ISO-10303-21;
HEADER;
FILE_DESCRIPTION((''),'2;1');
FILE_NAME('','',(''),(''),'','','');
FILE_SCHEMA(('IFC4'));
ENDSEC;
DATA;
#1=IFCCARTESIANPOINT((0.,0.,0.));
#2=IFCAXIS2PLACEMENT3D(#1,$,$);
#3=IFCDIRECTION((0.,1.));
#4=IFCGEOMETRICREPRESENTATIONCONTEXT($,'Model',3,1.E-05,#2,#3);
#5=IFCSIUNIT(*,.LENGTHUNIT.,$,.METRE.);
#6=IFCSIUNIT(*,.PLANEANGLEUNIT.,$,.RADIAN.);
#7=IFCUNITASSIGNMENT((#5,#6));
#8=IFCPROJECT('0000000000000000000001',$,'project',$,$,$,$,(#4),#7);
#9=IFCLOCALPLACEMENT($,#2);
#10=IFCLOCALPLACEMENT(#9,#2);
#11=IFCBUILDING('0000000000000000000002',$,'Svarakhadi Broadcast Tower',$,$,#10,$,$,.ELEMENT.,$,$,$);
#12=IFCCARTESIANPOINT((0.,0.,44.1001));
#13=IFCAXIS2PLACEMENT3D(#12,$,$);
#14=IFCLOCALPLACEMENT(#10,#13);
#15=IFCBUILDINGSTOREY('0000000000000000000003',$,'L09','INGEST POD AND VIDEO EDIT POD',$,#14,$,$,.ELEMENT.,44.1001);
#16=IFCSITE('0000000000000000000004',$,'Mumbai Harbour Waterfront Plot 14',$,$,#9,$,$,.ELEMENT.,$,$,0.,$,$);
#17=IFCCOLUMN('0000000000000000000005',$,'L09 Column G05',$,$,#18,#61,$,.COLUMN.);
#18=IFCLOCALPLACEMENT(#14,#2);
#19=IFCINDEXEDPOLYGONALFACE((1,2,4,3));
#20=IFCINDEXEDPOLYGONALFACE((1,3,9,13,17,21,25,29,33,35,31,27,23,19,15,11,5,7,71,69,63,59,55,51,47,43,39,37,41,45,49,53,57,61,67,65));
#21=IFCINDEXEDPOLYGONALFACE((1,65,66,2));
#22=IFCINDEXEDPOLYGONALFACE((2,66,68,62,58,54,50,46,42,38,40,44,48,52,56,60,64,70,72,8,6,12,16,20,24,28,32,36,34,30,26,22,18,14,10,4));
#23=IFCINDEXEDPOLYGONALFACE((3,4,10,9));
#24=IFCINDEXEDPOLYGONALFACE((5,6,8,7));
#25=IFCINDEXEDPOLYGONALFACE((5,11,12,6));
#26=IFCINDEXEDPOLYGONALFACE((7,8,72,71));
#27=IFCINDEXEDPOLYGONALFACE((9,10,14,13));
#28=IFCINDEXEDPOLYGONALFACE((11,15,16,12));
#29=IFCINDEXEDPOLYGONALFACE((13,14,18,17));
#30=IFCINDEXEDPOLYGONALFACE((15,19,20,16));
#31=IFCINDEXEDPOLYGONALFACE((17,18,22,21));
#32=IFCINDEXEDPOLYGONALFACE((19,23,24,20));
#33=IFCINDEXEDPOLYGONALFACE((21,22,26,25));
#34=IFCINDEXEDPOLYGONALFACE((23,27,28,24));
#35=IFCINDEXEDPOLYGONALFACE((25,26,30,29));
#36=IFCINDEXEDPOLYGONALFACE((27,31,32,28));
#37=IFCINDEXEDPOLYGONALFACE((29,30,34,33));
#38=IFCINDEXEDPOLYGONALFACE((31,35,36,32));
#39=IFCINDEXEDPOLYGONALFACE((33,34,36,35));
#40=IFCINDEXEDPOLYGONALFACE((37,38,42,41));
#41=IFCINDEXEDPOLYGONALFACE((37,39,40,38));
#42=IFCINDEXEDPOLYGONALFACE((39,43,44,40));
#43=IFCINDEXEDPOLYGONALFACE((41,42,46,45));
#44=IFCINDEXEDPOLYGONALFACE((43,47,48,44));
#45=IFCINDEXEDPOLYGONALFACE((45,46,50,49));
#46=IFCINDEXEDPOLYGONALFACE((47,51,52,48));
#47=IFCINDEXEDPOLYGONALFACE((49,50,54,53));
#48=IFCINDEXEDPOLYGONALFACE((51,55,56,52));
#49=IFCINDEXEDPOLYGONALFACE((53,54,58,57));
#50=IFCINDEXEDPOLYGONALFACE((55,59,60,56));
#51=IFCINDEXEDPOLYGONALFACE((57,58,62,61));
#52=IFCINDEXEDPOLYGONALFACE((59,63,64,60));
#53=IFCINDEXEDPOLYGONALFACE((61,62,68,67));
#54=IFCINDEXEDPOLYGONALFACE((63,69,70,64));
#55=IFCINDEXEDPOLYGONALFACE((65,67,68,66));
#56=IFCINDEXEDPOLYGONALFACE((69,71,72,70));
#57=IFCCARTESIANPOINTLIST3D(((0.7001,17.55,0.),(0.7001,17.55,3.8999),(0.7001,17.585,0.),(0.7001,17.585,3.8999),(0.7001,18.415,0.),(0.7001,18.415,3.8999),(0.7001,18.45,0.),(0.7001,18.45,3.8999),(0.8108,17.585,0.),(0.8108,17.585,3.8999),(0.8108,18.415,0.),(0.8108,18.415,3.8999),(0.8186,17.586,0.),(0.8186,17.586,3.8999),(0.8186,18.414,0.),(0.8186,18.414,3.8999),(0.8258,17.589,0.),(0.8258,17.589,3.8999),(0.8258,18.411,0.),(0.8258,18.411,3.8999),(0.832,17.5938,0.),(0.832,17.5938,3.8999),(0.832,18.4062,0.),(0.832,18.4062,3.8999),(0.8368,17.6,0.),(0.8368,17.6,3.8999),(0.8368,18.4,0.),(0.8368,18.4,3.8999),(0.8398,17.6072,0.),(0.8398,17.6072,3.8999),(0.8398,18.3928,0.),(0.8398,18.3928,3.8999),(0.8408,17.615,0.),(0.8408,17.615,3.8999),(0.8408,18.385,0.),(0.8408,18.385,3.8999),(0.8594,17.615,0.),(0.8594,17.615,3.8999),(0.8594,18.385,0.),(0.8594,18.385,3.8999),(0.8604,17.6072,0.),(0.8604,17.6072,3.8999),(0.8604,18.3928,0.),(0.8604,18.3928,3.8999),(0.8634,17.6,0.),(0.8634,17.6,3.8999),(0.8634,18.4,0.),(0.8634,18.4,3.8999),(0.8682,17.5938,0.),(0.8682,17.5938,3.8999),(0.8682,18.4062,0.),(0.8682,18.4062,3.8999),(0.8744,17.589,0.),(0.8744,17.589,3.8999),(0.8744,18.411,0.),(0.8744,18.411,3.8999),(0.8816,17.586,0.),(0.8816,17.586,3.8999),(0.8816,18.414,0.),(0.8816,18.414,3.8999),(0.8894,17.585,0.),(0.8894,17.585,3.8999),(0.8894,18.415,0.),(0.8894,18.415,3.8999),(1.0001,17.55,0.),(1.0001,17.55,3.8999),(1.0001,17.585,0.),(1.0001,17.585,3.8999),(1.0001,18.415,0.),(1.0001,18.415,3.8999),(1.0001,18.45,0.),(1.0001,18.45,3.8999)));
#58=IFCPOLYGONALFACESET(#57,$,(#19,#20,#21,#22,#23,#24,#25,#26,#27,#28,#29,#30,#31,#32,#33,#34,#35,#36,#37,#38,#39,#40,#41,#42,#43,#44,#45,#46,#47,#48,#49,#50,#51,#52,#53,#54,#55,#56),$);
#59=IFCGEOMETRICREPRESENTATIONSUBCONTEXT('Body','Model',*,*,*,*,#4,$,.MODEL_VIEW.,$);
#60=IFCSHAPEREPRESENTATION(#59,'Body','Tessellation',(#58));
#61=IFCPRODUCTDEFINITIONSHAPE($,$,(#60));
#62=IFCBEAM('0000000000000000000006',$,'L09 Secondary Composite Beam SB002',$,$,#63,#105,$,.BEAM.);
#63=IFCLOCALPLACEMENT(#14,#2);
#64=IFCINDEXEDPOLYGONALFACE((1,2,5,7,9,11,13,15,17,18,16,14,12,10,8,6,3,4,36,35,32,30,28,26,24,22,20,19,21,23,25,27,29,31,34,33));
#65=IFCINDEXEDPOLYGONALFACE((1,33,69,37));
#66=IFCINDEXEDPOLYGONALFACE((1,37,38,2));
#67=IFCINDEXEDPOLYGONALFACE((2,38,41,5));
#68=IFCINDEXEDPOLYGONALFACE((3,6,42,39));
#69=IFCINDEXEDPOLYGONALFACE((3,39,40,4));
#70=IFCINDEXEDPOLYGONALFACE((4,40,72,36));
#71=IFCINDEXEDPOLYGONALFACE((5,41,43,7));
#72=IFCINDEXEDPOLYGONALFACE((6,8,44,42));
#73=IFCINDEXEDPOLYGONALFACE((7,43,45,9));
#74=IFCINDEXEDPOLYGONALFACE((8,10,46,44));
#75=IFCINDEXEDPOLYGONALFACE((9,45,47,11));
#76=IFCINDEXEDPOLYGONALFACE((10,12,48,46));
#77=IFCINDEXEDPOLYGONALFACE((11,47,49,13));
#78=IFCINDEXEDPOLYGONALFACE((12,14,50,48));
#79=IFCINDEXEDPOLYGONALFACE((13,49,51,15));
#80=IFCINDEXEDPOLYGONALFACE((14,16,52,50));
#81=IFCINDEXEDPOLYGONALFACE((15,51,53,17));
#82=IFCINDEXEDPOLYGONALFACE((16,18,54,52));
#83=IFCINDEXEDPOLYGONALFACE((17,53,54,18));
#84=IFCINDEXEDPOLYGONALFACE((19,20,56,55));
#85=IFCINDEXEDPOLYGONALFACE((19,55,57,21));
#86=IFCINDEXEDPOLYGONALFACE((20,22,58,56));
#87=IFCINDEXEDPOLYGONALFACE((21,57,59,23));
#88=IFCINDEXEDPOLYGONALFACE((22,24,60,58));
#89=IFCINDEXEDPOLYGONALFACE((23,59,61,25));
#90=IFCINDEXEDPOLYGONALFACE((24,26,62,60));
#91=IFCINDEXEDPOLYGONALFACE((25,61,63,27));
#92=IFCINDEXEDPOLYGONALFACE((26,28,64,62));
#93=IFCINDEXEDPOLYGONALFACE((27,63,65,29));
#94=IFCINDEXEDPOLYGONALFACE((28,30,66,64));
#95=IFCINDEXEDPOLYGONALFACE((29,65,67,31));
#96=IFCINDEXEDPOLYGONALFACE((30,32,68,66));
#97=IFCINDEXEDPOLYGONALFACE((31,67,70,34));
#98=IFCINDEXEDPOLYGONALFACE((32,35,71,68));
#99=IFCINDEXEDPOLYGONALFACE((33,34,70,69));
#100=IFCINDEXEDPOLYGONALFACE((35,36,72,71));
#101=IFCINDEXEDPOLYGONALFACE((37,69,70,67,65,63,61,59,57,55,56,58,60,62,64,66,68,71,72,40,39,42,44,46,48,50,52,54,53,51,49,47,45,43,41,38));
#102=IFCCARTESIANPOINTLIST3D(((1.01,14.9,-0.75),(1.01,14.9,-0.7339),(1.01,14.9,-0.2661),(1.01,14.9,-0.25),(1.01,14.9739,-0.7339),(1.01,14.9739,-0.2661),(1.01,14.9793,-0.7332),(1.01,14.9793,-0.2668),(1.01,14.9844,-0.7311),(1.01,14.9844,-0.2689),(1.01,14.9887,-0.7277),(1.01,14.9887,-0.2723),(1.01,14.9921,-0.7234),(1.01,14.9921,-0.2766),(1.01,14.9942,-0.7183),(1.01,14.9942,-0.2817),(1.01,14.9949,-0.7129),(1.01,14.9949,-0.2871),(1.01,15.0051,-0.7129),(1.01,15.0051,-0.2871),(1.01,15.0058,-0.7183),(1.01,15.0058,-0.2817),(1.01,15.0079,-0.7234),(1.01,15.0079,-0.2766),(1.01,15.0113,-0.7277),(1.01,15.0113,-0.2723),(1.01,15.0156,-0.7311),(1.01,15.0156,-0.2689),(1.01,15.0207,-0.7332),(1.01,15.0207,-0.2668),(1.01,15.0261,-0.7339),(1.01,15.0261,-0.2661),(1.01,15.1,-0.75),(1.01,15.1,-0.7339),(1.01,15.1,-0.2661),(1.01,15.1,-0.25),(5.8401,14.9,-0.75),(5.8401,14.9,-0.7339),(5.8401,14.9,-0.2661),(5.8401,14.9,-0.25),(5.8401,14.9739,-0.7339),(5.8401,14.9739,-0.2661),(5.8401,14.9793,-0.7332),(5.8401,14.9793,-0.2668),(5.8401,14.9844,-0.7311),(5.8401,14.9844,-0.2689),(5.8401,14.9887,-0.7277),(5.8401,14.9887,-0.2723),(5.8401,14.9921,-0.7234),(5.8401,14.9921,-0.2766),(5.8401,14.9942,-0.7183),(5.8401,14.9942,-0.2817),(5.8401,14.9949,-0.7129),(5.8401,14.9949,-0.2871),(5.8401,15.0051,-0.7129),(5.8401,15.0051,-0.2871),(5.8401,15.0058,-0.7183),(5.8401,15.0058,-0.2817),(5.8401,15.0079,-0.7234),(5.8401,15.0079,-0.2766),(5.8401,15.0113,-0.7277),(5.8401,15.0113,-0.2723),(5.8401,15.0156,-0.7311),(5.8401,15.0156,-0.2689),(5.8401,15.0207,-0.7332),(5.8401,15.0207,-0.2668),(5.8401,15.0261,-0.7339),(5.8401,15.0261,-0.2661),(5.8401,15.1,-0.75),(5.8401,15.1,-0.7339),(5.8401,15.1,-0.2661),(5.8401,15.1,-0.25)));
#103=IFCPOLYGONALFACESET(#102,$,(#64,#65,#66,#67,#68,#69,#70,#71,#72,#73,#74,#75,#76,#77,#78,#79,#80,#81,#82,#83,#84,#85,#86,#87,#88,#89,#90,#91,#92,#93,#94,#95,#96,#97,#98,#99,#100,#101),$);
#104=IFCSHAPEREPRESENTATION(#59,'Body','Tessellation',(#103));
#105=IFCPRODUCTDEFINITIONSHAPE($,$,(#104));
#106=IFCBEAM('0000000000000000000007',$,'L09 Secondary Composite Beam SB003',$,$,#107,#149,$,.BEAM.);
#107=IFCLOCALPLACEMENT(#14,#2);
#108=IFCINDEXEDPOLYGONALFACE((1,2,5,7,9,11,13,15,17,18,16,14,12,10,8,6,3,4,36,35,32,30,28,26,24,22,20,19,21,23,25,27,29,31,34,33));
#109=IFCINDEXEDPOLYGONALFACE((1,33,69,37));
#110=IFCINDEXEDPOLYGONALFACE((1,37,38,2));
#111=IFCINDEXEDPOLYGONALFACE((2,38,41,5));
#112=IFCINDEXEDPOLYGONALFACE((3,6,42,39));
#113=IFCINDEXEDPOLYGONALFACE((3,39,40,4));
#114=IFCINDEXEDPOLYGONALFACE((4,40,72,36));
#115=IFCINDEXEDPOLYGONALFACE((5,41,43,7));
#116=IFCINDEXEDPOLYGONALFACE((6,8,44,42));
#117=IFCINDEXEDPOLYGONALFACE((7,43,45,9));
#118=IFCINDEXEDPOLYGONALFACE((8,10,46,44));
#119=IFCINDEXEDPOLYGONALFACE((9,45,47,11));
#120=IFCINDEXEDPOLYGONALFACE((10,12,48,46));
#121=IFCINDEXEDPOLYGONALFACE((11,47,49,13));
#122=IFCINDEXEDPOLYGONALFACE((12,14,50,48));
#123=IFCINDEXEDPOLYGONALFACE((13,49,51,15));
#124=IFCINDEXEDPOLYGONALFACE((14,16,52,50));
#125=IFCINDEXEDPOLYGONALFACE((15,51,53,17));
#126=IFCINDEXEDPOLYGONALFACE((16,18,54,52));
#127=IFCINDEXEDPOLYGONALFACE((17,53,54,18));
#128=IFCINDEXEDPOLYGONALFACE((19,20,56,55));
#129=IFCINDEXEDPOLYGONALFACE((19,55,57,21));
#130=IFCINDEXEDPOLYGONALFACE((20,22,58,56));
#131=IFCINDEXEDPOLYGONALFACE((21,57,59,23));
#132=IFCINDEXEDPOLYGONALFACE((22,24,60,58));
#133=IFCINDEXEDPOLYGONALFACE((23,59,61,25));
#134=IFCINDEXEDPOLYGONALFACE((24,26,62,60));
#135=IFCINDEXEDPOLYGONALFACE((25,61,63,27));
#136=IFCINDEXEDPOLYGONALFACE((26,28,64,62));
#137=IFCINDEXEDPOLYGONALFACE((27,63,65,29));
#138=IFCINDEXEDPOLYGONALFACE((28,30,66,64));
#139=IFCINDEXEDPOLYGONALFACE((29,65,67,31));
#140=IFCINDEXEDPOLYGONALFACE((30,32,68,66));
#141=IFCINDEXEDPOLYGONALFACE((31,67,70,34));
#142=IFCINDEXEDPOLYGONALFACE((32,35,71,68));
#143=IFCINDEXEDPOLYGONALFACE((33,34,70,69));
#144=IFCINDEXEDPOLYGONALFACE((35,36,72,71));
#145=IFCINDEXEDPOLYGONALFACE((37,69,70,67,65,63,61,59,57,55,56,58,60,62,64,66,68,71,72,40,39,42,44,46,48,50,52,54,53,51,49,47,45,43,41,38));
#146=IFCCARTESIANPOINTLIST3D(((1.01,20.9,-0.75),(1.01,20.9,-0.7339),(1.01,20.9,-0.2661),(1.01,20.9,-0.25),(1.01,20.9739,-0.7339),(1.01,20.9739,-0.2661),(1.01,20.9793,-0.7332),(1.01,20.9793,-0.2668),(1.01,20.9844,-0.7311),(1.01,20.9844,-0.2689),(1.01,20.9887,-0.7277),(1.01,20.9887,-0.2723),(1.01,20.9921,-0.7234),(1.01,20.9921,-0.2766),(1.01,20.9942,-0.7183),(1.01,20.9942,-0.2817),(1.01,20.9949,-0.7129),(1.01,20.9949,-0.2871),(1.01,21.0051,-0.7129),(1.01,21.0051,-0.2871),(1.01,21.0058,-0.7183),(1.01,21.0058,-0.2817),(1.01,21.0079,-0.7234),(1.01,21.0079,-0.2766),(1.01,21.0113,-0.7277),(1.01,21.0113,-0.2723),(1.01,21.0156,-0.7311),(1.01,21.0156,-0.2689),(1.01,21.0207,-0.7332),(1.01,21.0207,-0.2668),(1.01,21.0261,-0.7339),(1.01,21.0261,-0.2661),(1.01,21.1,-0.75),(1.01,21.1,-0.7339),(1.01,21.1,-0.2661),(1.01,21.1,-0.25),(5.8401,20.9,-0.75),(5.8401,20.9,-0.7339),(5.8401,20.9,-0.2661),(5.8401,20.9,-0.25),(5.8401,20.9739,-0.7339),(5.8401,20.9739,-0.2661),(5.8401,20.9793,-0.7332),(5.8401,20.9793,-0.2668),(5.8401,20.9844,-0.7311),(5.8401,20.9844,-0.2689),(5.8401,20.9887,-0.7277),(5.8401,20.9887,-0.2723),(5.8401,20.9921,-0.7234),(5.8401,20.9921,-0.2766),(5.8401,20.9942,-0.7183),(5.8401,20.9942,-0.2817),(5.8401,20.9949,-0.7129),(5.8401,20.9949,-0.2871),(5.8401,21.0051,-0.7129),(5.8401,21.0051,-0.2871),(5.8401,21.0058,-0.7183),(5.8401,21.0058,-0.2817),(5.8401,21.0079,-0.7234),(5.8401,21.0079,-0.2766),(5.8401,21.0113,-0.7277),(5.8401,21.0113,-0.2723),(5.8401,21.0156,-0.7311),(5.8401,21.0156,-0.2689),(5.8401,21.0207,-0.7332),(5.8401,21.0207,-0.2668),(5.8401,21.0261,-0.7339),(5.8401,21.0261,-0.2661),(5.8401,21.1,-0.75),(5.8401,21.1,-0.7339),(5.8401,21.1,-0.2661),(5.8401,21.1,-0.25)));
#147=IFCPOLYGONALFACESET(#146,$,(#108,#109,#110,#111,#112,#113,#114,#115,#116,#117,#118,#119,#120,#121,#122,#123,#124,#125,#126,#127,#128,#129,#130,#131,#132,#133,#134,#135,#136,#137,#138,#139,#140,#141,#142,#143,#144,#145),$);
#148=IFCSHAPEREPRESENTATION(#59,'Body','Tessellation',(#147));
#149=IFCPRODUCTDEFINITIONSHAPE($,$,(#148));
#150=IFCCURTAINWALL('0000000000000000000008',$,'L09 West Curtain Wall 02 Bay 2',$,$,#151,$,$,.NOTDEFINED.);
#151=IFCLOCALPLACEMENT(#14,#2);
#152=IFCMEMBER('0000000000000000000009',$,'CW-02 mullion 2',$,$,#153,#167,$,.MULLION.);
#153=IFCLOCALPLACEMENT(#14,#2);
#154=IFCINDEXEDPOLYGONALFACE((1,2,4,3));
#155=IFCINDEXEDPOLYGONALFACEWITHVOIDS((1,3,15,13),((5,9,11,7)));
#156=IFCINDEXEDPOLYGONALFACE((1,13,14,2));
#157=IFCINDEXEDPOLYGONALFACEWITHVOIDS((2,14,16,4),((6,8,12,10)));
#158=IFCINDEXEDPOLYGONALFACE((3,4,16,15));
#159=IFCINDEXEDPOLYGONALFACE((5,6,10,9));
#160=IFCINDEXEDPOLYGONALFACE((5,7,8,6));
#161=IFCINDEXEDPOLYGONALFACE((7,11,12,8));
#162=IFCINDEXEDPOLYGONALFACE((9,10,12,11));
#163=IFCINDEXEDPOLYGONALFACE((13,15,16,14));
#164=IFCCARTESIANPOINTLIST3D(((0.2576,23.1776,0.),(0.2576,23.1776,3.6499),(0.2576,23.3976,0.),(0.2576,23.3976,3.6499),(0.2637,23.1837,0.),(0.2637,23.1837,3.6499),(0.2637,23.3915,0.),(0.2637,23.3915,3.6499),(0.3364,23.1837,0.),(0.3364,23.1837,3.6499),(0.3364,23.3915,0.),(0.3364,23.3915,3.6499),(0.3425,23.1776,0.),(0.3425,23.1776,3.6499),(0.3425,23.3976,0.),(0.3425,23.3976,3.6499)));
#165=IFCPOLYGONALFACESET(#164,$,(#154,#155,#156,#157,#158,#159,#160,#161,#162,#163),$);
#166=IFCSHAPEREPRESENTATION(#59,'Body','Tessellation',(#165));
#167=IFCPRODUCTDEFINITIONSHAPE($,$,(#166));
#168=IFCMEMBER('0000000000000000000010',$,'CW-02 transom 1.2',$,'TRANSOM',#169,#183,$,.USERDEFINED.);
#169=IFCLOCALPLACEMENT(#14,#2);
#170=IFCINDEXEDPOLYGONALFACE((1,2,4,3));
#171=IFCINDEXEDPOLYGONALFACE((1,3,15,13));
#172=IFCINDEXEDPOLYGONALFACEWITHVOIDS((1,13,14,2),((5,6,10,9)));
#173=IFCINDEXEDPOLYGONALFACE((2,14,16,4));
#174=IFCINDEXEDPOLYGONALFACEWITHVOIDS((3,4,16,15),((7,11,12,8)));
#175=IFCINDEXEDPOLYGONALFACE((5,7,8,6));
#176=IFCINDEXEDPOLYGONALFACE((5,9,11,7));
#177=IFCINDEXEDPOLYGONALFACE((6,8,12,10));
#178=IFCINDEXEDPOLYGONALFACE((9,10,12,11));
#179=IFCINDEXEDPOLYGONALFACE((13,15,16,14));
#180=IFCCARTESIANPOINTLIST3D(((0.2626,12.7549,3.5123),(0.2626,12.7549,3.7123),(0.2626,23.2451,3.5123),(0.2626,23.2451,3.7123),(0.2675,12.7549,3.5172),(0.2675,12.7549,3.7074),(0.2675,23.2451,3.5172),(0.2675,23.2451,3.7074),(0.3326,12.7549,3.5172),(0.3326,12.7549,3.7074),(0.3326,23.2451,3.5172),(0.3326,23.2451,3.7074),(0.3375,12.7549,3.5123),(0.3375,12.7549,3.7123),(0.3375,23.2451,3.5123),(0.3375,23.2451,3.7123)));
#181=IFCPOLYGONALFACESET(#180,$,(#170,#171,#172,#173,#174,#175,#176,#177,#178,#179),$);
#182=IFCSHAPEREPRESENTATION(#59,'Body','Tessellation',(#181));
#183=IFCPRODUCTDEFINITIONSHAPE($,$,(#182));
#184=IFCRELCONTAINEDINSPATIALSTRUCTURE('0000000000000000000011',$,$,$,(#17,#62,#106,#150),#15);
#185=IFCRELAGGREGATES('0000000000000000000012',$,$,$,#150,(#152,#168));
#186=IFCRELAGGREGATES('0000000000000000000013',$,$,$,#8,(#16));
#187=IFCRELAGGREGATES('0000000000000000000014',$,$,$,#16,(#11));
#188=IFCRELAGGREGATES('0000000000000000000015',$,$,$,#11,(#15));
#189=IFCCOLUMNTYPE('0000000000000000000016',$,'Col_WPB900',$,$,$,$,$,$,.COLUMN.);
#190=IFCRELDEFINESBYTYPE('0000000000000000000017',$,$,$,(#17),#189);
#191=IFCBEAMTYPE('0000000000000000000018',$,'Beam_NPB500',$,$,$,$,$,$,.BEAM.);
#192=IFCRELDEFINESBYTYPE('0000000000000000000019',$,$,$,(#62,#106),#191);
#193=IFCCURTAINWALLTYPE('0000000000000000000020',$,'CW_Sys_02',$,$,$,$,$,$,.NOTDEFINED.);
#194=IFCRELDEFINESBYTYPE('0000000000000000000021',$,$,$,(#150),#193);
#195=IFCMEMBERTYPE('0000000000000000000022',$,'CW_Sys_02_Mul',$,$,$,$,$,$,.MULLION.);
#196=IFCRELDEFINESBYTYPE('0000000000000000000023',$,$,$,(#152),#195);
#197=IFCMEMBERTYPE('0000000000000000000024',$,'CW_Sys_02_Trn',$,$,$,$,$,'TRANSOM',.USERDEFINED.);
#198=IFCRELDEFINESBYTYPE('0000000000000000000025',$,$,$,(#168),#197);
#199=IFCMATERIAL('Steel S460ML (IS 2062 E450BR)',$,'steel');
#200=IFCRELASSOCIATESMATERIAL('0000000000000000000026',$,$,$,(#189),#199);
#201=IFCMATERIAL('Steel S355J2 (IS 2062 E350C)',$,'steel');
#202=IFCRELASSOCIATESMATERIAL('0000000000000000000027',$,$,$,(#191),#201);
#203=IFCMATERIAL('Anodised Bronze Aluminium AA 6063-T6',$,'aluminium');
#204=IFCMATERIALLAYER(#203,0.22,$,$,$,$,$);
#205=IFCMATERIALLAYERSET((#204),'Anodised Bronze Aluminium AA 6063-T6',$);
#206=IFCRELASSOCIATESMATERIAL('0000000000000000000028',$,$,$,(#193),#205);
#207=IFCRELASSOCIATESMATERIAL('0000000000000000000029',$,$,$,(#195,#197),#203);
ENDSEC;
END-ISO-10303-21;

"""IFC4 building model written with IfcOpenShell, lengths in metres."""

from ifc_helpers import new_model, si_unit, direction, frame, origin, origin_2d, place, context, subcontext, project, spatial, hollow_rectangle, i_section, extrude, material, layer, layer_set, material_profile, profile_set, type_object, element, aggregate, save


model = new_model("IFC4")

# Units and contexts
model_context = context("Model", 3, precision=1e-05, world=origin(), true_north=direction((0.0, 1.0)))
body_context = subcontext(model_context, "Body", "Model", "MODEL_VIEW")
ifc_project = project(units=[si_unit("LENGTHUNIT", "METRE"), si_unit("PLANEANGLEUNIT", "RADIAN")], contexts=[model_context])

# Site, building, storey
site_placement = place(None, origin())
site = spatial("IfcSite", under=ifc_project, at=site_placement, Name="Mumbai Harbour Waterfront Plot 14", CompositionType="ELEMENT", RefElevation=0.0)
building_placement = place(site_placement, origin())
building = spatial("IfcBuilding", under=site, at=building_placement, Name="Svarakhadi Broadcast Tower", CompositionType="ELEMENT")
storey_placement = place(building_placement, frame((0.0, 0.0, 44.1001)))
storey = spatial("IfcBuildingStorey", under=building, at=storey_placement, Name="L09", Description="INGEST POD AND VIDEO EDIT POD", CompositionType="ELEMENT", Elevation=44.1001)

# Column
ifc_material_1 = material(Name="Steel S460ML (IS 2062 E450BR)", Category="steel")
ifc_material_profile_1 = material_profile(ifc_material_1, i_section(OverallWidth=0.3, OverallDepth=0.8999, WebThickness=0.0186, FlangeThickness=0.0349, FilletRadius=0.03, at=origin_2d()), Name="WPB 900x300x291")
ifc_profile_set_1 = profile_set([ifc_material_profile_1], Name="Steel S460ML (IS 2062 E450BR)")
column_type = type_object("IfcColumnType", Name="Col_WPB900", PredefinedType="COLUMN", material=ifc_profile_set_1)
column_placement = place(storey_placement, frame((0.8501, 18.0, 0.0), z_axis=(0.0, 0.0, 1.0), x_axis=(1.0, 0.0, 0.0)))
element("IfcColumn", 1, at=column_placement, inside=storey, type_object=column_type, Name="L09 Column G05", PredefinedType="COLUMN", context=body_context, shape_type="SweptSolid", body=[
    extrude(i_section(OverallWidth=0.3, OverallDepth=0.8999, WebThickness=0.0186, FlangeThickness=0.0349, FilletRadius=0.03, at=origin_2d()), origin(), (0.0, 0.0, 1.0), 3.8999),
])

# Beams
ifc_material_2 = material(Name="Steel S355J2 (IS 2062 E350C)", Category="steel")
ifc_material_profile_2 = material_profile(ifc_material_2, i_section(OverallWidth=0.2, OverallDepth=0.5, WebThickness=0.0103, FlangeThickness=0.0161, FilletRadius=0.021, at=origin_2d()), Name="NPB 500x200x91")
ifc_profile_set_2 = profile_set([ifc_material_profile_2], Name="Steel S355J2 (IS 2062 E350C)")
beam_type_1 = type_object("IfcBeamType", Name="Beam_NPB500", PredefinedType="BEAM", material=ifc_profile_set_2)
for number, where, z_axis, x_axis, name in (
    (2, (1.01, 15.0, -0.5), (1.0, 0.0, 0.0), (0.0, 1.0, 0.0), "L09 Secondary Composite Beam SB002"),
    (3, (1.01, 21.0, -0.5), (1.0, 0.0, 0.0), (0.0, 1.0, 0.0), "L09 Secondary Composite Beam SB003"),
):
    element("IfcBeam", number, at=place(storey_placement, frame(where, z_axis=z_axis, x_axis=x_axis)), inside=storey, type_object=beam_type_1, Name=name, PredefinedType="BEAM", context=body_context, shape_type="SweptSolid", body=[
        extrude(i_section(OverallWidth=0.2, OverallDepth=0.5, WebThickness=0.0103, FlangeThickness=0.0161, FilletRadius=0.021, at=origin_2d()), origin(), (0.0, 0.0, 1.0), 4.8301),
    ])

# Curtain wall, members
ifc_material_3 = material(Name="Anodised Bronze Aluminium AA 6063-T6", Category="aluminium")
ifc_layer_1 = layer(ifc_material_3, 0.22)
ifc_layer_set_1 = layer_set([ifc_layer_1], Name="Anodised Bronze Aluminium AA 6063-T6")
curtain_wall_type = type_object("IfcCurtainWallType", Name="CW_Sys_02", PredefinedType="NOTDEFINED", material=ifc_layer_set_1)
curtain_wall_placement = place(storey_placement, origin())
curtain_wall = element("IfcCurtainWall", 4, at=curtain_wall_placement, inside=storey, type_object=curtain_wall_type, Name="L09 West Curtain Wall 02 Bay 2", PredefinedType="NOTDEFINED")
ifc_material_profile_3 = material_profile(ifc_material_3, hollow_rectangle(XDim=0.085, YDim=0.22, WallThickness=0.0061, at=origin_2d()), Name="ALU MULLION 220x85x6")
ifc_profile_set_3 = profile_set([ifc_material_profile_3], Name="Anodised Bronze Aluminium AA 6063-T6")
member_type_1 = type_object("IfcMemberType", Name="CW_Sys_02_Mul", PredefinedType="MULLION", material=ifc_profile_set_3)
member_1_placement = place(storey_placement, frame((0.3, 23.2876, 0.0), z_axis=(0.0, 0.0, 1.0), x_axis=(-1.0, 0.0, 0.0)))
member_1 = element("IfcMember", 5, at=member_1_placement, type_object=member_type_1, Name="CW-02 mullion 2", PredefinedType="MULLION", context=body_context, shape_type="SweptSolid", body=[
    extrude(hollow_rectangle(XDim=0.085, YDim=0.22, WallThickness=0.0061, at=origin_2d()), origin(), (0.0, 0.0, 1.0), 3.6499),
])
ifc_material_profile_4 = material_profile(ifc_material_3, hollow_rectangle(XDim=0.075, YDim=0.2, WallThickness=0.0049, at=origin_2d()), Name="ALU TRANSOM 200x75x5")
ifc_profile_set_4 = profile_set([ifc_material_profile_4], Name="Anodised Bronze Aluminium AA 6063-T6")
member_type_2 = type_object("IfcMemberType", Name="CW_Sys_02_Trn", ElementType="TRANSOM", PredefinedType="USERDEFINED", material=ifc_profile_set_4)
member_2_placement = place(storey_placement, frame((0.3, 12.7549, 3.6123), z_axis=(0.0, 1.0, 0.0), x_axis=(-1.0, 0.0, 0.0)))
member_2 = element("IfcMember", 6, at=member_2_placement, type_object=member_type_2, Name="CW-02 transom 1.2", ObjectType="TRANSOM", PredefinedType="USERDEFINED", context=body_context, shape_type="SweptSolid", body=[
    extrude(hollow_rectangle(XDim=0.075, YDim=0.2, WallThickness=0.0049, at=origin_2d()), origin(), (0.0, 0.0, 1.0), 10.4902),
])

aggregate(curtain_wall, [member_1, member_2])

save(model, "model.ifc")
